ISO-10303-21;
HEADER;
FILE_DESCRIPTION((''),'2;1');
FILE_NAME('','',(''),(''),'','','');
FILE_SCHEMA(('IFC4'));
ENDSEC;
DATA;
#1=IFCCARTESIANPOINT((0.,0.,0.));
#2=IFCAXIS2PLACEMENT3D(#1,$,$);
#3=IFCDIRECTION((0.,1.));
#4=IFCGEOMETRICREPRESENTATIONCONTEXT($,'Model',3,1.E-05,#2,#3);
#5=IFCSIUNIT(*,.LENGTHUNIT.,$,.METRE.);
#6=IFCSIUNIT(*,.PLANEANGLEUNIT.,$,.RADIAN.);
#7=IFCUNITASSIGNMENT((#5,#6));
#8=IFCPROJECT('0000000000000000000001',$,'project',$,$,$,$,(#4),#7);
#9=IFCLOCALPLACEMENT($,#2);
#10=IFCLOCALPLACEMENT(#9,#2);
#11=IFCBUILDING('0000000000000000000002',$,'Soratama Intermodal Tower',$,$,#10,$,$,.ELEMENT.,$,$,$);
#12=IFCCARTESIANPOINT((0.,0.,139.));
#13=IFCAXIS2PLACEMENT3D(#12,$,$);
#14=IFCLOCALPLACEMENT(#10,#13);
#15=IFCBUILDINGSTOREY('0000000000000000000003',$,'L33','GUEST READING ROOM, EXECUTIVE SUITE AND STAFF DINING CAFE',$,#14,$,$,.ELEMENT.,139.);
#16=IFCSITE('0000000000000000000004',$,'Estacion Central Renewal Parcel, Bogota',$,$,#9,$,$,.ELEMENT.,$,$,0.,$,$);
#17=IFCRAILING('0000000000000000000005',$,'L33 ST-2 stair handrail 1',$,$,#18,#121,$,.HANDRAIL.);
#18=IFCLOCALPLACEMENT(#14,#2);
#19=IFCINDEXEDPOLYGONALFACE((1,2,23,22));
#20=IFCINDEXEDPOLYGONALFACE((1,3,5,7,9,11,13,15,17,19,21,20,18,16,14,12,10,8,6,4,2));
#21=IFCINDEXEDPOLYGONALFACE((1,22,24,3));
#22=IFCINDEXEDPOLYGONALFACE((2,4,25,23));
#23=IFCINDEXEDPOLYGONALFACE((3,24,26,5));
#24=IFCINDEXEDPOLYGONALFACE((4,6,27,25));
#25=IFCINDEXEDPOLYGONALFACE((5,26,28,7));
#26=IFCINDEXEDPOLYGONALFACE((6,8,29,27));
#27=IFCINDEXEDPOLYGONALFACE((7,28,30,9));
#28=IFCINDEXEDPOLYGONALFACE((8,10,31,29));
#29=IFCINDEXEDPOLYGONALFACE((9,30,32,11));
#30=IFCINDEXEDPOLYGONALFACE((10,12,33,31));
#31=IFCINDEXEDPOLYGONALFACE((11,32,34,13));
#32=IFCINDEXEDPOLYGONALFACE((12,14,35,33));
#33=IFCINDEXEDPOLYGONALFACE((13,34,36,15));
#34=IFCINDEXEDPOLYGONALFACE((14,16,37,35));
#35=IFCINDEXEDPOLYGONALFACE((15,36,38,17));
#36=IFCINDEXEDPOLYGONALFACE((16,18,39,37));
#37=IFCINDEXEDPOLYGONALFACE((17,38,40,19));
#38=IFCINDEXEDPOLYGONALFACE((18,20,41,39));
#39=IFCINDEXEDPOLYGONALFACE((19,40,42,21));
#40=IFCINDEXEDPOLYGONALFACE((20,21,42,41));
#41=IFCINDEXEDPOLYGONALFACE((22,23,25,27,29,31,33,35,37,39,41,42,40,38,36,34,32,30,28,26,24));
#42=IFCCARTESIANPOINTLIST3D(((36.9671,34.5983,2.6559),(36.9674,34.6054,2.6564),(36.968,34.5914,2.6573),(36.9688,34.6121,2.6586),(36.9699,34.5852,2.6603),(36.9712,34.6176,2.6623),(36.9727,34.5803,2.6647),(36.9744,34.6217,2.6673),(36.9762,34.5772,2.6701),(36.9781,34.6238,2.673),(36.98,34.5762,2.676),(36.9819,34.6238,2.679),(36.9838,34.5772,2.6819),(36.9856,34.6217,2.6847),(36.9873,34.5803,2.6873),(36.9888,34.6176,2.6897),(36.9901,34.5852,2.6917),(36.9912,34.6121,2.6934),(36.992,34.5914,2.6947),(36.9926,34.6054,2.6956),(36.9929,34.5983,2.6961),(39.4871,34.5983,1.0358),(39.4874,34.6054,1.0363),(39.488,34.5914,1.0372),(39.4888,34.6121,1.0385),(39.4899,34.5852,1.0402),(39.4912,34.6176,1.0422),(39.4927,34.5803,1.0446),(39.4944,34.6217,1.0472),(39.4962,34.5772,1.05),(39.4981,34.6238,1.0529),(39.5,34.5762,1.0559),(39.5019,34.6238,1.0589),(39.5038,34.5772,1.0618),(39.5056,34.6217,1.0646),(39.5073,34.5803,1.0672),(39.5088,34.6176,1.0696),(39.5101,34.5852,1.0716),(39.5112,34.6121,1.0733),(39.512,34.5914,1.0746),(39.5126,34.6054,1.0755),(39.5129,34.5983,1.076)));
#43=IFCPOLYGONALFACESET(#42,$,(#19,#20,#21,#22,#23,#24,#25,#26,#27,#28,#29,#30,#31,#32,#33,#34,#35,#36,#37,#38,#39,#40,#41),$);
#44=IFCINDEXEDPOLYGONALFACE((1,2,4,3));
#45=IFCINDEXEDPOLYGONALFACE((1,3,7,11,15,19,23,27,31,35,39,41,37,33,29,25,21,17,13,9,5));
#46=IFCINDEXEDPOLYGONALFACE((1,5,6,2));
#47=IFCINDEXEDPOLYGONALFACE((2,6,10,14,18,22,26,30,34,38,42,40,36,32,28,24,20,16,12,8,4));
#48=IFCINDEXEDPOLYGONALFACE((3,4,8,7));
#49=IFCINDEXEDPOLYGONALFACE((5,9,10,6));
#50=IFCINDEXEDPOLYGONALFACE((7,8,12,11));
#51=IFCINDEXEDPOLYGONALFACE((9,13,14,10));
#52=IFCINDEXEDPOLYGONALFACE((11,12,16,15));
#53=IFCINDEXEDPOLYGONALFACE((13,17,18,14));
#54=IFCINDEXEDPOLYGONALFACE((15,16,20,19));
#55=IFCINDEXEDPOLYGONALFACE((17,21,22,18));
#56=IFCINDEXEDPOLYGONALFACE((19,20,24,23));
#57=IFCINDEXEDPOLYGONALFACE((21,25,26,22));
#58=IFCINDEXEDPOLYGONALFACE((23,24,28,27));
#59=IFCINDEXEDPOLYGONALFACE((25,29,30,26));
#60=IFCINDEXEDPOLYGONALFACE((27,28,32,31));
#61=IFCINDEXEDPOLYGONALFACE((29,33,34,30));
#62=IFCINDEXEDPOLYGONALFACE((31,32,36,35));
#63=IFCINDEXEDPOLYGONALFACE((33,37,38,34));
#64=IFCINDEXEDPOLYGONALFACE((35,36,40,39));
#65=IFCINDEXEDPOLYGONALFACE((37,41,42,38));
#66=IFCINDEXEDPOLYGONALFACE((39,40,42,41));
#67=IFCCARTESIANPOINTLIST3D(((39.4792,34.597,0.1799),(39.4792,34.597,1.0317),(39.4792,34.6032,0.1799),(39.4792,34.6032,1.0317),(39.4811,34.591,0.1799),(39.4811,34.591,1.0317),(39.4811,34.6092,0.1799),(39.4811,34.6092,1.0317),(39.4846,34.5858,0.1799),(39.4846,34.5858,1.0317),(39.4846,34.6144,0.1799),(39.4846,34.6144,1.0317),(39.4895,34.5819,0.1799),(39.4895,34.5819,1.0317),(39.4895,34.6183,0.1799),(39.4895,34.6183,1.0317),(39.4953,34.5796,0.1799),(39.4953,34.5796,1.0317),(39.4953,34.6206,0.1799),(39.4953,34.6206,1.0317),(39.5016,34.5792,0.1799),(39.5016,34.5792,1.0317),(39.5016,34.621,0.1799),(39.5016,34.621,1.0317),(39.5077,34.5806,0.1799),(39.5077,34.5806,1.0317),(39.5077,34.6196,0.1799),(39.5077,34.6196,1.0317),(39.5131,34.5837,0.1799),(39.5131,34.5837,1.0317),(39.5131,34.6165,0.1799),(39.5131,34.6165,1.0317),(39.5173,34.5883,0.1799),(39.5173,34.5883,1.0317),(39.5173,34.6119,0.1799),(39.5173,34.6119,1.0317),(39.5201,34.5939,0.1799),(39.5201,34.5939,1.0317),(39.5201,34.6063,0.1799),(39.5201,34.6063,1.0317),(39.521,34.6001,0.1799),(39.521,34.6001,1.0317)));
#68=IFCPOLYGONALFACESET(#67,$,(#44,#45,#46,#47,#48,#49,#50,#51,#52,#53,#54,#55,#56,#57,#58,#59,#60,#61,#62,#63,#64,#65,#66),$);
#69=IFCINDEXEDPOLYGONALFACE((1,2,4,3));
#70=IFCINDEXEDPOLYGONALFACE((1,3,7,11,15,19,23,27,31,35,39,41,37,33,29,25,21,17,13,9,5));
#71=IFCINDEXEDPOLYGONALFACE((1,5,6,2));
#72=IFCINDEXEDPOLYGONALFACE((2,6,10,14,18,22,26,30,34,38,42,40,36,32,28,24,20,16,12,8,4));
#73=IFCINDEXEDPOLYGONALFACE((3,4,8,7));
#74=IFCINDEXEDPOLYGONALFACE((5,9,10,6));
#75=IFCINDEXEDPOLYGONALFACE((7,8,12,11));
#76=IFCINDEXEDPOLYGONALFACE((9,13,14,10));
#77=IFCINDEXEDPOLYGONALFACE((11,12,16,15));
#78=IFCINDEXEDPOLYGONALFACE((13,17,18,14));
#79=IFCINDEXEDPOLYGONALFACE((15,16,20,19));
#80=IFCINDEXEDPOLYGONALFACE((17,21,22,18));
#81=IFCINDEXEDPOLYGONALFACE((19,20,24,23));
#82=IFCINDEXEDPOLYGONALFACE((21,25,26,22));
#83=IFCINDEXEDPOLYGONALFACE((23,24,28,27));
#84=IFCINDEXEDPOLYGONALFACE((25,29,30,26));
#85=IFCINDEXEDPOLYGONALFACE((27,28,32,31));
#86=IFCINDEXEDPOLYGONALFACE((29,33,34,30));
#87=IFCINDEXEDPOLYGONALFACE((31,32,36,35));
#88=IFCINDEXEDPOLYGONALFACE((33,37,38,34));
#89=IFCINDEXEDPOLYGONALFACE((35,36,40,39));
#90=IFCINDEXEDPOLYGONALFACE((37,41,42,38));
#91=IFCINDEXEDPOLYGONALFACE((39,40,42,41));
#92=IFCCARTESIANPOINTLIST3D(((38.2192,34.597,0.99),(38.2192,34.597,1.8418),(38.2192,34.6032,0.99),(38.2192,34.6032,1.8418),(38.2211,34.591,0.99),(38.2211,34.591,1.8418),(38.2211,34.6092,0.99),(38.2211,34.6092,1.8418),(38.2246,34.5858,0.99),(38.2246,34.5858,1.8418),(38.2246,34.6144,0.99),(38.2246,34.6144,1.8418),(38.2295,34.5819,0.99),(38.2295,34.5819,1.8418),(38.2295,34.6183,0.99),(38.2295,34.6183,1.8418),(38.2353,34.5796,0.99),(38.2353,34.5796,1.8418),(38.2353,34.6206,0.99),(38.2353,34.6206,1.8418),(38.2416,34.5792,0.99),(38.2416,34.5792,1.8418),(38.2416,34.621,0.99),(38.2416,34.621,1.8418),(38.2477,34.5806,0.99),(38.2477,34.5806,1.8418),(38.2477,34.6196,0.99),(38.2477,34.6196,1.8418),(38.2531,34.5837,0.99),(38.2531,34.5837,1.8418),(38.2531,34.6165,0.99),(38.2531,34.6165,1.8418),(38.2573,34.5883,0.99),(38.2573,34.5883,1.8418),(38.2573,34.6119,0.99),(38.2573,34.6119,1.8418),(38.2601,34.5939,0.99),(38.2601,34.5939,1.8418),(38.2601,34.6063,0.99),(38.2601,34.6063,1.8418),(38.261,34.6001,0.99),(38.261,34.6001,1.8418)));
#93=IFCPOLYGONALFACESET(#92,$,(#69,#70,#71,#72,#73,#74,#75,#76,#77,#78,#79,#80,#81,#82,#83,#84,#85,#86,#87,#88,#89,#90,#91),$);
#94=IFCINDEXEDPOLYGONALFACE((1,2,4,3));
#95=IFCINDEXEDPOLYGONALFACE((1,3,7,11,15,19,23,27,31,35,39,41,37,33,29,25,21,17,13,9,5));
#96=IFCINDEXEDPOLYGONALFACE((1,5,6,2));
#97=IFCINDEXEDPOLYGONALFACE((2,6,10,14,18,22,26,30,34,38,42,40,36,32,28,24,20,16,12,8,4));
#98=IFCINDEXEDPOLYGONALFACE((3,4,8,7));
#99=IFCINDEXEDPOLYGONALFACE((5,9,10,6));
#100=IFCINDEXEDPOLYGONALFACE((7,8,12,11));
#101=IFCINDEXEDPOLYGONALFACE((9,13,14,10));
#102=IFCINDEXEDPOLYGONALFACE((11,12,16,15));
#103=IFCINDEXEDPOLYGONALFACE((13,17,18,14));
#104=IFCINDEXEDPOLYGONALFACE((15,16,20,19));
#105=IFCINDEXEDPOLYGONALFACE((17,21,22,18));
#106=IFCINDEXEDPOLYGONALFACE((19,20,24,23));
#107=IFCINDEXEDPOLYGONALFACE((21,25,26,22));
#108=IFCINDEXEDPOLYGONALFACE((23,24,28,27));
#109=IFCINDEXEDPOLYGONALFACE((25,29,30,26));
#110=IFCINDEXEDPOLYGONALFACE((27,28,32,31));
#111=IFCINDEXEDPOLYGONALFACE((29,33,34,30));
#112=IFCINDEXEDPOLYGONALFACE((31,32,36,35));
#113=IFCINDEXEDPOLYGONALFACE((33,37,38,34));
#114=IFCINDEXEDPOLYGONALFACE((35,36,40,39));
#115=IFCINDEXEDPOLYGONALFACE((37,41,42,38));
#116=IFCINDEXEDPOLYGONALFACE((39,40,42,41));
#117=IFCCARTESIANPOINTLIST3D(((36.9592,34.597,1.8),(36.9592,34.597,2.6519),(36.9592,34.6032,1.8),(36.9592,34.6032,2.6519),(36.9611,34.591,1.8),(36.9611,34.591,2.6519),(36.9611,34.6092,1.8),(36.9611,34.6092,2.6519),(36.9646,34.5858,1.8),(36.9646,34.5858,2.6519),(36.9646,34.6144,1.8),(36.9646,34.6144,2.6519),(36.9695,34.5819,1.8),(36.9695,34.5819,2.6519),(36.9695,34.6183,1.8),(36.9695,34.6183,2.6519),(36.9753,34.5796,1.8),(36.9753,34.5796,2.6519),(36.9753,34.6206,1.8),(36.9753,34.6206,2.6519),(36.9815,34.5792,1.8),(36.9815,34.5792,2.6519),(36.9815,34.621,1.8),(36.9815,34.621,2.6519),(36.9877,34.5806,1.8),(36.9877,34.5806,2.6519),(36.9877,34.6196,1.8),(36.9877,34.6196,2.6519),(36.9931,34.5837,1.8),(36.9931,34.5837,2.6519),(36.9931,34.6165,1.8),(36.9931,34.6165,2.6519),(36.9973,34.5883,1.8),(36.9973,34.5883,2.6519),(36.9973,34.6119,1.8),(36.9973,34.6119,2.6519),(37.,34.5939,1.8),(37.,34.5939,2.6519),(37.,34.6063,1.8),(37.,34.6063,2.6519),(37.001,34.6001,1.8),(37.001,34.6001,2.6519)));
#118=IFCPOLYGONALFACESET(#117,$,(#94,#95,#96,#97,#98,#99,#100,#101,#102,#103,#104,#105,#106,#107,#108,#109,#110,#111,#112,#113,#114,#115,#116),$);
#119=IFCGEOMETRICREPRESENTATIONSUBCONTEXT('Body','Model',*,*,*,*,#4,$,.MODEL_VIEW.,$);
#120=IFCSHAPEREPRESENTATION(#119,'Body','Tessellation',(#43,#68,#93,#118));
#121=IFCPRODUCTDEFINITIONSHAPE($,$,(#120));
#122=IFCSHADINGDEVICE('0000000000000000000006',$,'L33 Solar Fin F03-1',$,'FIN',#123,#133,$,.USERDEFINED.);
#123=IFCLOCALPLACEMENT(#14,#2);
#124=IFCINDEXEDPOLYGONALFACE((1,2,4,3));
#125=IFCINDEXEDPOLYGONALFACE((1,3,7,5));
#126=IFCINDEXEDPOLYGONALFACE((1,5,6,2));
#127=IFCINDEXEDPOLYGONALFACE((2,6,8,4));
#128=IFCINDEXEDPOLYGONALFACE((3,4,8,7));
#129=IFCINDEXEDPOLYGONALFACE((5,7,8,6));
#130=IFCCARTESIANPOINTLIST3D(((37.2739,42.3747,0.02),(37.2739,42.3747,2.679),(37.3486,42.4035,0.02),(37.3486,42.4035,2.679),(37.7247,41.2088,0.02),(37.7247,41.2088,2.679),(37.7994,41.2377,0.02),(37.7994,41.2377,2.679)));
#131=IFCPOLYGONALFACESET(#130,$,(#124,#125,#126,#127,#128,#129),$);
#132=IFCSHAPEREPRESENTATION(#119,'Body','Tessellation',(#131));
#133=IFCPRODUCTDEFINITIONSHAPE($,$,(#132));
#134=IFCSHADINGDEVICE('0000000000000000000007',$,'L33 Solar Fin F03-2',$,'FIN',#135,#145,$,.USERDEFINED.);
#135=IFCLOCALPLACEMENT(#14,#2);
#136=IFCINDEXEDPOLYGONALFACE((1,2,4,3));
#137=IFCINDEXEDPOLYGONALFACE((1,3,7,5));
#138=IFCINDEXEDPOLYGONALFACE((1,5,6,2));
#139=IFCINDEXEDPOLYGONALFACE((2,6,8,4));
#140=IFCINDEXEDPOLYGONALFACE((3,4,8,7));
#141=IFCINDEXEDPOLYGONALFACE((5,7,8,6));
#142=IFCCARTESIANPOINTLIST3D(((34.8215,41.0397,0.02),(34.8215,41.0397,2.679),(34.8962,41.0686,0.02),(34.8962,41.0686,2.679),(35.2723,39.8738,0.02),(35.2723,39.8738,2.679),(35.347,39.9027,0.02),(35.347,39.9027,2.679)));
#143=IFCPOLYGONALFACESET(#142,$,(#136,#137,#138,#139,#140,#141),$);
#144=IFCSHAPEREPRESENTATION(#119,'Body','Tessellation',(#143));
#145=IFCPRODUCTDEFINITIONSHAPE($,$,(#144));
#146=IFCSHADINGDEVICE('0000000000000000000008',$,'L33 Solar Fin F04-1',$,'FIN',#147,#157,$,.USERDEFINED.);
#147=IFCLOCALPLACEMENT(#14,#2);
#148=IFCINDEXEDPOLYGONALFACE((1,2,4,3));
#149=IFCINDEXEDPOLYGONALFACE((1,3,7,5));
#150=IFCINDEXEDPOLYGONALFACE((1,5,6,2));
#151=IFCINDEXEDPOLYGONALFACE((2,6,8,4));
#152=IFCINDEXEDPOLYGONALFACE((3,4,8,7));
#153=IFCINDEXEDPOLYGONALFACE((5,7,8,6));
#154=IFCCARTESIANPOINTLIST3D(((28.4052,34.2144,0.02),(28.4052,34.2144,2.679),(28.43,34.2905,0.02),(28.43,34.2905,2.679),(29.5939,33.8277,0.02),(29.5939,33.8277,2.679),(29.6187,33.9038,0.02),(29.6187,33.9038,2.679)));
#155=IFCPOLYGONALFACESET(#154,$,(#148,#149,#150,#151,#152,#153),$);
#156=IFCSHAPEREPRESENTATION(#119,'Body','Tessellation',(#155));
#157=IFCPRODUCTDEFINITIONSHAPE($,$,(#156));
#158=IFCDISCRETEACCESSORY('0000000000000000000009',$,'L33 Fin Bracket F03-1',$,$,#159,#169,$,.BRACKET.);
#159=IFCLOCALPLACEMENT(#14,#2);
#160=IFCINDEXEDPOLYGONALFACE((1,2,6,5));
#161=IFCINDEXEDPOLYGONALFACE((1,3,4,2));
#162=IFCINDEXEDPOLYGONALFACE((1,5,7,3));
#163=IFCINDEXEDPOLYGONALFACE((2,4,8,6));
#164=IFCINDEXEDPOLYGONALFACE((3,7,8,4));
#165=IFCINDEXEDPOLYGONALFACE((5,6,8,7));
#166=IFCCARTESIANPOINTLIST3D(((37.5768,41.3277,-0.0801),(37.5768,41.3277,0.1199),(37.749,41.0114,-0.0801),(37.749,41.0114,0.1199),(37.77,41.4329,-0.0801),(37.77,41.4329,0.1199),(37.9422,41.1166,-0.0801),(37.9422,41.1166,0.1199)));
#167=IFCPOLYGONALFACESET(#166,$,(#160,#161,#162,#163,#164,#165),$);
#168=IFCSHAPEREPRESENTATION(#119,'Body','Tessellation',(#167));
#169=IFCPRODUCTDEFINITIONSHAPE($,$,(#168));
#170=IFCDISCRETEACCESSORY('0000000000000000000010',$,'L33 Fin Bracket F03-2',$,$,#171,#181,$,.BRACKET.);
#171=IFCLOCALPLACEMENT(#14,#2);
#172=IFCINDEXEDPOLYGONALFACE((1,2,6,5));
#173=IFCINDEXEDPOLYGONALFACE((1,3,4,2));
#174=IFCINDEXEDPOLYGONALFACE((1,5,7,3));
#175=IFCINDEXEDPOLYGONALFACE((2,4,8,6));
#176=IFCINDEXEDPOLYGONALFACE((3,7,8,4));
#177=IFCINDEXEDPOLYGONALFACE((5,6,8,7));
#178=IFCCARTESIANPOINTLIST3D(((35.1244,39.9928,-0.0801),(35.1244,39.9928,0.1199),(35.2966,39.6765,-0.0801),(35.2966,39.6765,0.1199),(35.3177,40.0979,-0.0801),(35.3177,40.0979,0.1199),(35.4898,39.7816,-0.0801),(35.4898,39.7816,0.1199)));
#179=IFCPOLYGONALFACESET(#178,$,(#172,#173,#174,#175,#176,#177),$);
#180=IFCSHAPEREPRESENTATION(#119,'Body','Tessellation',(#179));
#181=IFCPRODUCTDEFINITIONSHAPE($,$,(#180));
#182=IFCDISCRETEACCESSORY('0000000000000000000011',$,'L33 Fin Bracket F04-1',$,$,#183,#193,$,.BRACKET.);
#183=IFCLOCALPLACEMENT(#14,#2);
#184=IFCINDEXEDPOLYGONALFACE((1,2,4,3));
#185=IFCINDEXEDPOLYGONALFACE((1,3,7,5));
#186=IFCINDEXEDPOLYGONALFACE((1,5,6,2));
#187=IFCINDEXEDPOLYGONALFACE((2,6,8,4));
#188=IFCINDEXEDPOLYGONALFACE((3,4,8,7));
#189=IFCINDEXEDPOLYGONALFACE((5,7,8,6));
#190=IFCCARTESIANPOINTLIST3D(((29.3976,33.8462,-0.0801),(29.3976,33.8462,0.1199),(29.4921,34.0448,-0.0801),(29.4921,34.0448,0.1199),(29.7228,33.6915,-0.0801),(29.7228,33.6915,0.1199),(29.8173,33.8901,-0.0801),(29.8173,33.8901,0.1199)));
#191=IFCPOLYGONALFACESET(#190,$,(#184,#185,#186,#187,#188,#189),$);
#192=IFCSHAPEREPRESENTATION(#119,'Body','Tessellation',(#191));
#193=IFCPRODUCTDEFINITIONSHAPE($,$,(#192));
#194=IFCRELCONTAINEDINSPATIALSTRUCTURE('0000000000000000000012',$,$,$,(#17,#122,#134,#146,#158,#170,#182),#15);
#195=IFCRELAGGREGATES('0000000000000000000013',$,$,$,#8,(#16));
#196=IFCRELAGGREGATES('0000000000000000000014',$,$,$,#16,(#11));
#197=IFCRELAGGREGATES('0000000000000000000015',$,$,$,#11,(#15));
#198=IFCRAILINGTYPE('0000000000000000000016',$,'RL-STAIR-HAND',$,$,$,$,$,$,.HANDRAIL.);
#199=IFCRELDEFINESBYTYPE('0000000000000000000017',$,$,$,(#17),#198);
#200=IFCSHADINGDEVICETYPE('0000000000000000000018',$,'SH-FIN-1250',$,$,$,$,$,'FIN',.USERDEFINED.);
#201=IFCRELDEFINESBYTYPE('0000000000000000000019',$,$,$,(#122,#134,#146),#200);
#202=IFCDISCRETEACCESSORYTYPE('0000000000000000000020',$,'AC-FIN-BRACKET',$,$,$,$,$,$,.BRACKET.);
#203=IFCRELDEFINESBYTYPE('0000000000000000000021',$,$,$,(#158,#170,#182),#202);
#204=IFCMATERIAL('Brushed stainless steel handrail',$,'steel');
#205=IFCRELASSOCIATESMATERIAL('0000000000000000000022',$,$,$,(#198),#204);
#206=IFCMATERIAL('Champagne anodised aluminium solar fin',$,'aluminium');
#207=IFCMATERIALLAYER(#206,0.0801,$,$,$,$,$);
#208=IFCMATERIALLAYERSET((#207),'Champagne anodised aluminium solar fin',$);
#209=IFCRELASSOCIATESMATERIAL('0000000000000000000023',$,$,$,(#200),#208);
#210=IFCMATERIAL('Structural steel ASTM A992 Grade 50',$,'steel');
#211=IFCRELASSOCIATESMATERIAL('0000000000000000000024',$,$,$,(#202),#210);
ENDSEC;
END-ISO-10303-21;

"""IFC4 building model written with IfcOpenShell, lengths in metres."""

from ifc_helpers import new_model, si_unit, direction, frame, origin, origin_2d, place, context, subcontext, project, spatial, rectangle, circle, extrude, material, layer, layer_set, type_object, element, save


model = new_model("IFC4")

# Units and contexts
model_context = context("Model", 3, precision=1e-05, world=origin(), true_north=direction((0.0, 1.0)))
body_context = subcontext(model_context, "Body", "Model", "MODEL_VIEW")
ifc_project = project(units=[si_unit("LENGTHUNIT", "METRE"), si_unit("PLANEANGLEUNIT", "RADIAN")], contexts=[model_context])

# Site, building, storey
site_placement = place(None, origin())
site = spatial("IfcSite", under=ifc_project, at=site_placement, Name="Estacion Central Renewal Parcel, Bogota", CompositionType="ELEMENT", RefElevation=0.0)
building_placement = place(site_placement, origin())
building = spatial("IfcBuilding", under=site, at=building_placement, Name="Soratama Intermodal Tower", CompositionType="ELEMENT")
storey_placement = place(building_placement, frame((0.0, 0.0, 139.0)))
storey = spatial("IfcBuildingStorey", under=building, at=storey_placement, Name="L33", Description="GUEST READING ROOM, EXECUTIVE SUITE AND STAFF DINING CAFE", CompositionType="ELEMENT", Elevation=139.0)

# Railing
ifc_material_1 = material(Name="Brushed stainless steel handrail", Category="steel")
railing_type_1 = type_object("IfcRailingType", Name="RL-STAIR-HAND", PredefinedType="HANDRAIL", material=ifc_material_1)
railing_1_placement = place(storey_placement, frame((39.5, 34.6001, 0.1799)))
element("IfcRailing", 1, at=railing_1_placement, inside=storey, type_object=railing_type_1, Name="L33 ST-2 stair handrail 1", PredefinedType="HANDRAIL", context=body_context, shape_type="SweptSolid", body=[
    extrude(circle(Radius=0.0239, at=origin_2d()), frame((0.0, 0.0, 0.876), z_axis=(-0.841163, 0.0, 0.540782), x_axis=(0.0, -1.0, 0.0)), (0.0, 0.0, 1.0), 2.9958),
    extrude(circle(Radius=0.021, at=origin_2d()), origin(), (0.0, 0.0, 1.0), 0.8518),
    extrude(circle(Radius=0.021, at=origin_2d()), frame((-1.26, 0.0, 0.8101)), (0.0, 0.0, 1.0), 0.8518),
    extrude(circle(Radius=0.021, at=origin_2d()), frame((-2.52, 0.0, 1.6201)), (0.0, 0.0, 1.0), 0.8518),
])

# Shading devices
ifc_material_2 = material(Name="Champagne anodised aluminium solar fin", Category="aluminium")
ifc_layer_1 = layer(ifc_material_2, 0.0801)
ifc_layer_set_1 = layer_set([ifc_layer_1], Name="Champagne anodised aluminium solar fin")
shading_device_type = type_object("IfcShadingDeviceType", Name="SH-FIN-1250", ElementType="FIN", PredefinedType="USERDEFINED", material=ifc_layer_set_1)
for number, where, z_axis, x_axis, name in (
    (2, (37.5366, 41.8062, 0.02), (0.0, 0.0, 1.0), (-0.360648, 0.932702, 0.0), "L33 Solar Fin F03-1"),
    (3, (35.0842, 40.4712, 0.02), (0.0, 0.0, 1.0), (-0.360648, 0.932702, 0.0), "L33 Solar Fin F03-2"),
    (4, (29.012, 34.0591, 0.02), (0.0, 0.0, 1.0), (-0.950949, 0.309349, 0.0), "L33 Solar Fin F04-1"),
):
    element("IfcShadingDevice", number, at=place(storey_placement, frame(where, z_axis=z_axis, x_axis=x_axis)), inside=storey, type_object=shading_device_type, Name=name, ObjectType="FIN", PredefinedType="USERDEFINED", context=body_context, shape_type="SweptSolid", body=[
        extrude(rectangle(XDim=1.25, YDim=0.0801, at=origin_2d()), origin(), (0.0, 0.0, 1.0), 2.6589),
    ])

# Discrete accessories
ifc_material_3 = material(Name="Structural steel ASTM A992 Grade 50", Category="steel")
discrete_accessory_type = type_object("IfcDiscreteAccessoryType", Name="AC-FIN-BRACKET", PredefinedType="BRACKET", material=ifc_material_3)
for number, where, z_axis, x_axis, name in (
    (5, (37.7595, 41.2222, -0.0801), (0.0, 0.0, 1.0), (-0.478079, 0.878317, 0.0), "L33 Fin Bracket F03-1"),
    (6, (35.3071, 39.8872, -0.0801), (0.0, 0.0, 1.0), (-0.478079, 0.878317, 0.0), "L33 Fin Bracket F03-2"),
    (7, (29.6074, 33.8682, -0.0801), (0.0, 0.0, 1.0), (-0.903036, 0.429566, 0.0), "L33 Fin Bracket F04-1"),
):
    element("IfcDiscreteAccessory", number, at=place(storey_placement, frame(where, z_axis=z_axis, x_axis=x_axis)), inside=storey, type_object=discrete_accessory_type, Name=name, PredefinedType="BRACKET", context=body_context, shape_type="SweptSolid", body=[
        extrude(rectangle(XDim=0.3601, YDim=0.22, at=origin_2d()), origin(), (0.0, 0.0, 1.0), 0.2),
    ])

save(model, "model.ifc")
